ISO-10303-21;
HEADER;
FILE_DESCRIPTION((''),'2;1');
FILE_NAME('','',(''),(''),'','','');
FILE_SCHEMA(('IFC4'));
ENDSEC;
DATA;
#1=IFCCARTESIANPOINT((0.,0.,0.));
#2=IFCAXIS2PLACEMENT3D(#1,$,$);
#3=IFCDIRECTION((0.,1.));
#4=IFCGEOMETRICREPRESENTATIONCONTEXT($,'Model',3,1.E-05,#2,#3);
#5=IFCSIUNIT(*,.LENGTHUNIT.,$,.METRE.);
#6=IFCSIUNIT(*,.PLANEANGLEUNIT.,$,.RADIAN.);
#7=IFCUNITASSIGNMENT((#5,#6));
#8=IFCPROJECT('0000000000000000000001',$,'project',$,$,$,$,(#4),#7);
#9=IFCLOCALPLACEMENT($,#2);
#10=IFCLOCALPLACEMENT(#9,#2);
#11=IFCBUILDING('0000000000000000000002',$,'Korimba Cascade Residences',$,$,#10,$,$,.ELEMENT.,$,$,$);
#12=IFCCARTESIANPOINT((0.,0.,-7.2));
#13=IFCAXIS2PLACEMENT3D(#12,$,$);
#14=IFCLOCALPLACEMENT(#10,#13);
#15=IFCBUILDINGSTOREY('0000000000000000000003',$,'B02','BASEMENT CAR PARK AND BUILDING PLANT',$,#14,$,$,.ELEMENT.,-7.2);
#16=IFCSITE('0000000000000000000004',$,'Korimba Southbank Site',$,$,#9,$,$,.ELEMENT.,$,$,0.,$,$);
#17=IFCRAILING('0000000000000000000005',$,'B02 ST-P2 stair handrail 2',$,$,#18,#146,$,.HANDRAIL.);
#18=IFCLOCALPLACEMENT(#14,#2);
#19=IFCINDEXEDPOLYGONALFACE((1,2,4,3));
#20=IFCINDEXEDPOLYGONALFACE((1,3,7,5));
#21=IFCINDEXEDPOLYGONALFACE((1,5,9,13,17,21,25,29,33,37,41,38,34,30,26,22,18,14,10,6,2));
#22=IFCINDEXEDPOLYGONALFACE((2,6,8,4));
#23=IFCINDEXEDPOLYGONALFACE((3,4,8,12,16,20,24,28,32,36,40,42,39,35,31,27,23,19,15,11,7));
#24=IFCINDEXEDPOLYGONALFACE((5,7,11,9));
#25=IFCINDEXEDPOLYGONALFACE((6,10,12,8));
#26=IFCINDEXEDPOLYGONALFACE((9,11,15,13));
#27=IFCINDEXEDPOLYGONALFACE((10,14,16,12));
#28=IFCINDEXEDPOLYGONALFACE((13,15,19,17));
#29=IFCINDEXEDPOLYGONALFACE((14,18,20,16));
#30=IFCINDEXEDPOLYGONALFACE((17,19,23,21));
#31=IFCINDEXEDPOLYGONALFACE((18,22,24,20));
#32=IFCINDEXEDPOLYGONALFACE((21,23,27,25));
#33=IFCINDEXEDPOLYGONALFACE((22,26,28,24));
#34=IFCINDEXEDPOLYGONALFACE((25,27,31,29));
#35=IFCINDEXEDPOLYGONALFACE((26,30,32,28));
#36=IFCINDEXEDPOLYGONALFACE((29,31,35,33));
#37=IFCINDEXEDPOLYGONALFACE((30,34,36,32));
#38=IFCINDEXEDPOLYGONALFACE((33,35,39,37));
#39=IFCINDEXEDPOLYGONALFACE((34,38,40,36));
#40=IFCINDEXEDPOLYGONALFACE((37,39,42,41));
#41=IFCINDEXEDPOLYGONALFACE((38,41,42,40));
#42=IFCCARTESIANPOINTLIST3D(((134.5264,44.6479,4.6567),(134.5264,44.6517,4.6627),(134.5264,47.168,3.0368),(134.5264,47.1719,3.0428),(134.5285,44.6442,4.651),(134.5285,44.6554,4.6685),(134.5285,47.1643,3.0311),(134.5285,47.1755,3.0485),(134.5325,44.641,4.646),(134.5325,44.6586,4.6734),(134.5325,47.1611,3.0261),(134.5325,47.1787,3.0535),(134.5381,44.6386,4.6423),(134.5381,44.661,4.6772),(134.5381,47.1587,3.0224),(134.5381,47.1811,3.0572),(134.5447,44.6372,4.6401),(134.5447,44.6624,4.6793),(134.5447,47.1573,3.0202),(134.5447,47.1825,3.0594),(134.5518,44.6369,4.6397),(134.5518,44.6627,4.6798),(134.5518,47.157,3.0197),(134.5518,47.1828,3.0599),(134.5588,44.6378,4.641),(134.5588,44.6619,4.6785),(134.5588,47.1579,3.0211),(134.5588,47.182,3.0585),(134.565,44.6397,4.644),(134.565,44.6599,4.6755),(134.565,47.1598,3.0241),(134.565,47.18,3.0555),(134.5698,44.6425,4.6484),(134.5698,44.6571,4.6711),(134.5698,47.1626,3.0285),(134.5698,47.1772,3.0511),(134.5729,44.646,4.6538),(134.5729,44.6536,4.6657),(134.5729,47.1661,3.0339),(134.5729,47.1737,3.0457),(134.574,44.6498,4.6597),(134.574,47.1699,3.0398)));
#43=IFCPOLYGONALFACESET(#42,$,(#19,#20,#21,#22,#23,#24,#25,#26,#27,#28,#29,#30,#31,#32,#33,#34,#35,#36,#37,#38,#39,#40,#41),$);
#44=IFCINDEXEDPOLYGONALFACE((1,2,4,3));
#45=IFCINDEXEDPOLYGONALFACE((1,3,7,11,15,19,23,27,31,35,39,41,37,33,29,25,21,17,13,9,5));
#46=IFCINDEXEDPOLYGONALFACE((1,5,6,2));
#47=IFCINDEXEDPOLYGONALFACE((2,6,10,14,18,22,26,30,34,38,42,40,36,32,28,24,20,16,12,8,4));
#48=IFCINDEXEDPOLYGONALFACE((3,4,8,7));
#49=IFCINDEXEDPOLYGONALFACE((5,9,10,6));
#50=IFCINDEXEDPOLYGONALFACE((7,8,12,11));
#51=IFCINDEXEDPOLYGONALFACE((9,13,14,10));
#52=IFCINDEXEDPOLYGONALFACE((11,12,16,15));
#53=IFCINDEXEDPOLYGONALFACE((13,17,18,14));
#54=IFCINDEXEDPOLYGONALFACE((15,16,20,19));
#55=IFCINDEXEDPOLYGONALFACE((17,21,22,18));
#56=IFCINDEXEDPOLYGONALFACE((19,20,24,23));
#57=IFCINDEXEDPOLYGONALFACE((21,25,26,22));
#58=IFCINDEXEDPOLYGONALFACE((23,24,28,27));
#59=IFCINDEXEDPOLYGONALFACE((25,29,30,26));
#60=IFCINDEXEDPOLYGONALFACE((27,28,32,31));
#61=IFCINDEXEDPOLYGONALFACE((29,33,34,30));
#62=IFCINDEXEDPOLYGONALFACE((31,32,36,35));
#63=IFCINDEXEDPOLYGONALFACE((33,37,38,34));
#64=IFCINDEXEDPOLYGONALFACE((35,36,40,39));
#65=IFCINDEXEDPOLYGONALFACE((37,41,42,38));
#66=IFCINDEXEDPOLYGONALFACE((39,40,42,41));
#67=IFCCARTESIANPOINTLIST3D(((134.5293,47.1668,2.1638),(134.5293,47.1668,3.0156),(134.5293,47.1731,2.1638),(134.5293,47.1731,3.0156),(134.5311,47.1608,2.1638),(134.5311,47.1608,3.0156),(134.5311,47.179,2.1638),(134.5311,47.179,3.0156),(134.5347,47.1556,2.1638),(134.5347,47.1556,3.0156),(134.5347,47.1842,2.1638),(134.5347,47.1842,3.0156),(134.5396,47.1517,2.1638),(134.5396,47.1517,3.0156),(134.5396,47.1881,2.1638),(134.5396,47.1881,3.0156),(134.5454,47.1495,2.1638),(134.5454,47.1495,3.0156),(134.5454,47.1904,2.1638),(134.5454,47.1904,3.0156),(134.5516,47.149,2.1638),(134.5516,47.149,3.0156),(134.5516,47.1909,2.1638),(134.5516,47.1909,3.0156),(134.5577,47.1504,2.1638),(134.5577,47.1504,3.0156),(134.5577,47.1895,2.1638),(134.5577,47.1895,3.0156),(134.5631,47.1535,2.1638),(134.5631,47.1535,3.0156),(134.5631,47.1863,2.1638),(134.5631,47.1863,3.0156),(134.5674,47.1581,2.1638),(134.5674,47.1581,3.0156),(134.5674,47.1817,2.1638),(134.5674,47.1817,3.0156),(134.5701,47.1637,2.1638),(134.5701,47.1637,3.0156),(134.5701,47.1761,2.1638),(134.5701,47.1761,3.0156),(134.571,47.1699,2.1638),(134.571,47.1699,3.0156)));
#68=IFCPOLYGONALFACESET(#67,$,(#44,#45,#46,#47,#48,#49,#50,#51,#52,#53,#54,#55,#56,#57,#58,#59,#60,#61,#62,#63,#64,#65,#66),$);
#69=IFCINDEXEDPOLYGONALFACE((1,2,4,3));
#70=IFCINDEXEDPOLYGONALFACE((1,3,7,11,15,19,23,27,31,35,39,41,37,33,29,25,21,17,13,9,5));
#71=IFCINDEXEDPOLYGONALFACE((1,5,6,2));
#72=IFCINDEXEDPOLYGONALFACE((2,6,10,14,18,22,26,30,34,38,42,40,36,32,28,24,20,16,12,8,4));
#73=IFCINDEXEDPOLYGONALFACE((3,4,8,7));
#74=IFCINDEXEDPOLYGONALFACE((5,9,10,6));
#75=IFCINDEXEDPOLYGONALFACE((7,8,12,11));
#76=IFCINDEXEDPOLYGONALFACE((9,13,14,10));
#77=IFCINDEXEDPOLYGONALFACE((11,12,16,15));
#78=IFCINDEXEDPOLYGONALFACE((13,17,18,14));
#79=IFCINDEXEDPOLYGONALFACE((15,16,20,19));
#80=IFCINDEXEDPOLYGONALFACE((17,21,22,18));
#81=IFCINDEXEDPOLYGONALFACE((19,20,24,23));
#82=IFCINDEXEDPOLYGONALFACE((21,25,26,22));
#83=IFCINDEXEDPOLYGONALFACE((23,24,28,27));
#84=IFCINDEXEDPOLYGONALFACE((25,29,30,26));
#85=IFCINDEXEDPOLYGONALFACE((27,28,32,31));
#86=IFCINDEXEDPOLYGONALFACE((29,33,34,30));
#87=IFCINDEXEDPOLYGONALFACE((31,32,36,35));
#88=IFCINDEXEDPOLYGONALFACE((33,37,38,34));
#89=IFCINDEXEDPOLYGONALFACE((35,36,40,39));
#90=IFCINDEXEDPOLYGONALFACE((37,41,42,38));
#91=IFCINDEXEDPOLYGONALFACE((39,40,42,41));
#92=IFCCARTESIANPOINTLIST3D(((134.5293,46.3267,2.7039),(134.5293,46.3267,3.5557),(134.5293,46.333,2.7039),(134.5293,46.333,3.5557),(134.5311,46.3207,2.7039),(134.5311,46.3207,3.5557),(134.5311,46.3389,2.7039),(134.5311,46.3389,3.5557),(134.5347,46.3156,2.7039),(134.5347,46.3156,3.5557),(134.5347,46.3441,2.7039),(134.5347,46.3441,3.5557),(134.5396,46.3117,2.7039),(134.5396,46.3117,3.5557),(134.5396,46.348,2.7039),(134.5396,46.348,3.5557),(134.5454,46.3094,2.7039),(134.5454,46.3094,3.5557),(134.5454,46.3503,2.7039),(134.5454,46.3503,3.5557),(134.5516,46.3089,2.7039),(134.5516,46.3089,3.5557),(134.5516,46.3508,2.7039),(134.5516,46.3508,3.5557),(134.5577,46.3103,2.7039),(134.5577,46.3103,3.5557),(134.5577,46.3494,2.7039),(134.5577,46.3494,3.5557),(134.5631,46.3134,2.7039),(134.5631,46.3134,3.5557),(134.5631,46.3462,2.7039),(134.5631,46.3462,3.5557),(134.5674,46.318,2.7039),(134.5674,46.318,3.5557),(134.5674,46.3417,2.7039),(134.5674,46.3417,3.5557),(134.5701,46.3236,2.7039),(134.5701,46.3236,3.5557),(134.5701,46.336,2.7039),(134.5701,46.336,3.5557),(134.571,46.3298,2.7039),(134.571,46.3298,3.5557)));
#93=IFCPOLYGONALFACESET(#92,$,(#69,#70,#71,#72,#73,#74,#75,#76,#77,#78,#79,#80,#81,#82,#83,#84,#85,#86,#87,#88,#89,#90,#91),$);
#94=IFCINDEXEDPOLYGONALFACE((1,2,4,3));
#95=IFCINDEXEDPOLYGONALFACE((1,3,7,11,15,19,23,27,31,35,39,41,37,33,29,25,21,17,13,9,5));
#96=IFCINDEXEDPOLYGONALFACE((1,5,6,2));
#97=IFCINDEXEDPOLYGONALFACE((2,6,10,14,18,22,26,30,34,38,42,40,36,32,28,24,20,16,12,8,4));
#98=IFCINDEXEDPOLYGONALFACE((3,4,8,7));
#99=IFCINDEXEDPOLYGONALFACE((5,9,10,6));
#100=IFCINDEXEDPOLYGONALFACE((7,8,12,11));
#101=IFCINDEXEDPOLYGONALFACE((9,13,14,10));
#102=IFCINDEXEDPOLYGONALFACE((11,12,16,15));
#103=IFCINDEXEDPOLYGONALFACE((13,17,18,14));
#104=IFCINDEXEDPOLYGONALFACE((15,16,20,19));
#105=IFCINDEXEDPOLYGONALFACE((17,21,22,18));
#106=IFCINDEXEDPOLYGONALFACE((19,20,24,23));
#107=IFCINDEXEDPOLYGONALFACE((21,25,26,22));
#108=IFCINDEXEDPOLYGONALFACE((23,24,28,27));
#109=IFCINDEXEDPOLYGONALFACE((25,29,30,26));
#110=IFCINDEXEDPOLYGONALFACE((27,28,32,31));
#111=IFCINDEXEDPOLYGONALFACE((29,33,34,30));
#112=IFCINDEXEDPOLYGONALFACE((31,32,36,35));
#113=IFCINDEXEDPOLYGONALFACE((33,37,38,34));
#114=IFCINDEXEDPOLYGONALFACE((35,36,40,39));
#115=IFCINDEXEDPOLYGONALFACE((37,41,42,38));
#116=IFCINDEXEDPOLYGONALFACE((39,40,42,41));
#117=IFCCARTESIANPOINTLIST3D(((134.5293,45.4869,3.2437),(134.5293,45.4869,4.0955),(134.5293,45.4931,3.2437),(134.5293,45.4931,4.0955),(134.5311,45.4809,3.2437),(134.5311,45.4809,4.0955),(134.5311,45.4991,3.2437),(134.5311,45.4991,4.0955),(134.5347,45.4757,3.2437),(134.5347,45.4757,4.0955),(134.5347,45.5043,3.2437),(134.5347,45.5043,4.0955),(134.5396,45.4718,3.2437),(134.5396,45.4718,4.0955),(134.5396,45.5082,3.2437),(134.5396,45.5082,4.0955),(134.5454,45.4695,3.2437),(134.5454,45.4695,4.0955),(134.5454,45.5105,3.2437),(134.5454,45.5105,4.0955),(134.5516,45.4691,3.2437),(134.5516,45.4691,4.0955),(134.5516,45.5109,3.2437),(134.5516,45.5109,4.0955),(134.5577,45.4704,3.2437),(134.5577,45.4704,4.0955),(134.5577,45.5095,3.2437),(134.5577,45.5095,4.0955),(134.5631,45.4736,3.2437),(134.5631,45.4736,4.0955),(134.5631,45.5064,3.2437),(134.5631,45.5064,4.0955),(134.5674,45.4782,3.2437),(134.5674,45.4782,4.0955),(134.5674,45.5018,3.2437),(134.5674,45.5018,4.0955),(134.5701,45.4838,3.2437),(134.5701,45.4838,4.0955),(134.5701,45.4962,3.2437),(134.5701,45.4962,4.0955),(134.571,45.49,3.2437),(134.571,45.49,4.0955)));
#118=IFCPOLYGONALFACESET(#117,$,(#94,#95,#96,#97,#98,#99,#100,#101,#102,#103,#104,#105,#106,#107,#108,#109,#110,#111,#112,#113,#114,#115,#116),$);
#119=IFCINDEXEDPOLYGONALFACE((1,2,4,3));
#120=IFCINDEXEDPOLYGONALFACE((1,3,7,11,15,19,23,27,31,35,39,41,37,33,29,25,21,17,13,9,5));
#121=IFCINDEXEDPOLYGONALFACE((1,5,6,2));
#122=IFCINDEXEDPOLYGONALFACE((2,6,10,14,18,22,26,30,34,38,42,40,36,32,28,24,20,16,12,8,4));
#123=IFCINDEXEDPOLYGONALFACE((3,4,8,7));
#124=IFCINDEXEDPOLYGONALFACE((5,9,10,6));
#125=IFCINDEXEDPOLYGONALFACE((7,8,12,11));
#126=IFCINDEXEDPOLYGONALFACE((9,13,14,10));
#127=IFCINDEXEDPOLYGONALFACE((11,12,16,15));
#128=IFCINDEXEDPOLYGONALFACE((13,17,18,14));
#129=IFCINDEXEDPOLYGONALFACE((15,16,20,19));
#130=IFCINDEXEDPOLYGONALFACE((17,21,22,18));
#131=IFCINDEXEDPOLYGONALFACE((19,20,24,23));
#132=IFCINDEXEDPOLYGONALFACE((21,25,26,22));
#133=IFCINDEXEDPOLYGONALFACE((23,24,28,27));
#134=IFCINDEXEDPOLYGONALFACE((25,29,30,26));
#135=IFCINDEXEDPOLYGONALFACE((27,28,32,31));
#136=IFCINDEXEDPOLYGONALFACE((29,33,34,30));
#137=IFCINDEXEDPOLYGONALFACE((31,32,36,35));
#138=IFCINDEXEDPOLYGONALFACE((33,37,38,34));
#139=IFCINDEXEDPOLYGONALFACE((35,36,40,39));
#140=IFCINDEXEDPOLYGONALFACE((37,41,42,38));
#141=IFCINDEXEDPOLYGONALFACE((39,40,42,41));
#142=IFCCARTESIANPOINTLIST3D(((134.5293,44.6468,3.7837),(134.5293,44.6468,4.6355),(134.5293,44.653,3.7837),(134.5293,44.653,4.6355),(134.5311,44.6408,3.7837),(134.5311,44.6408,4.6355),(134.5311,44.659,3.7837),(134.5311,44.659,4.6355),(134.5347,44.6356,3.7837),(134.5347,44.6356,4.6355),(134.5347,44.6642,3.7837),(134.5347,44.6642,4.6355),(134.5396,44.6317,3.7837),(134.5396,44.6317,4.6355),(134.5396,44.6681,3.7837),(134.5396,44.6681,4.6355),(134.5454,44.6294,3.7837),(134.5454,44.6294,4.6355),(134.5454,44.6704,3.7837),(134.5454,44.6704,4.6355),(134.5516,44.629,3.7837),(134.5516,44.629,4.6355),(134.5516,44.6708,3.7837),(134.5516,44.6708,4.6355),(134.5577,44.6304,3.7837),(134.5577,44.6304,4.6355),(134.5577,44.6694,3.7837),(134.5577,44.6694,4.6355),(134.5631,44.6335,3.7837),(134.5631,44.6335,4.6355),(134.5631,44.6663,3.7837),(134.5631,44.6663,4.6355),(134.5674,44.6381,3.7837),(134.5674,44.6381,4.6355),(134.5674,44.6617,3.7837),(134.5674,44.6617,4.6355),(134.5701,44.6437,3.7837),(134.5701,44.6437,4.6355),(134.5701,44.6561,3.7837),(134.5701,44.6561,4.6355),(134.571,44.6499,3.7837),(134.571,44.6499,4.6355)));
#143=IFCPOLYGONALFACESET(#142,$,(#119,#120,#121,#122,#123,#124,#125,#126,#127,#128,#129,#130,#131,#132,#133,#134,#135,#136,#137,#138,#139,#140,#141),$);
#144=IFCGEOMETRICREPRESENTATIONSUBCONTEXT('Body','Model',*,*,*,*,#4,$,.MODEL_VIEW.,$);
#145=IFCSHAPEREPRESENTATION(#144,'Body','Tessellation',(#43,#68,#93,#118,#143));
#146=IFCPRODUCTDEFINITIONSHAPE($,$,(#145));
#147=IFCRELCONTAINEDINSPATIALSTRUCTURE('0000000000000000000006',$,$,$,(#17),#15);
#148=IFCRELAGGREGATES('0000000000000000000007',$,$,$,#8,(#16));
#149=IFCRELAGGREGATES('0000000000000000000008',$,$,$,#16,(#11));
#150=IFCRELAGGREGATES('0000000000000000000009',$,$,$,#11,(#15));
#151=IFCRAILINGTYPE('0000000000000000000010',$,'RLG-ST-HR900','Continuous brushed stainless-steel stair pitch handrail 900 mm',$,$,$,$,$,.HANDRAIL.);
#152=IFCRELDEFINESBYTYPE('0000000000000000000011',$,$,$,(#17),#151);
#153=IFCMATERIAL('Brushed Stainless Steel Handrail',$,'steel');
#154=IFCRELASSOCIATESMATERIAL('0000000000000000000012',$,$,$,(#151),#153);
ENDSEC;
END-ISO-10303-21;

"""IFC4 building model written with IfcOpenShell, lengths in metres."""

from ifc_helpers import new_model, si_unit, direction, frame, origin, origin_2d, place, context, subcontext, project, spatial, circle, extrude, material, type_object, element, save


model = new_model("IFC4")

# Units and contexts
model_context = context("Model", 3, precision=1e-05, world=origin(), true_north=direction((0.0, 1.0)))
body_context = subcontext(model_context, "Body", "Model", "MODEL_VIEW")
ifc_project = project(units=[si_unit("LENGTHUNIT", "METRE"), si_unit("PLANEANGLEUNIT", "RADIAN")], contexts=[model_context])

# Site, building, storey
site_placement = place(None, origin())
site = spatial("IfcSite", under=ifc_project, at=site_placement, Name="Korimba Southbank Site", CompositionType="ELEMENT", RefElevation=0.0)
building_placement = place(site_placement, origin())
building = spatial("IfcBuilding", under=site, at=building_placement, Name="Korimba Cascade Residences", CompositionType="ELEMENT")
storey_placement = place(building_placement, frame((0.0, 0.0, -7.2)))
storey = spatial("IfcBuildingStorey", under=building, at=storey_placement, Name="B02", Description="BASEMENT CAR PARK AND BUILDING PLANT", CompositionType="ELEMENT", Elevation=-7.2)

# Railing
ifc_material_1 = material(Name="Brushed Stainless Steel Handrail", Category="steel")
railing_type_1 = type_object("IfcRailingType", Name="RLG-ST-HR900", Description="Continuous brushed stainless-steel stair pitch handrail 900 mm", PredefinedType="HANDRAIL", material=ifc_material_1)
railing_1_placement = place(storey_placement, frame((134.55, 47.1699, 2.1638)))
element("IfcRailing", 1, at=railing_1_placement, inside=storey, type_object=railing_type_1, Name="B02 ST-P2 stair handrail 2", PredefinedType="HANDRAIL", context=body_context, shape_type="SweptSolid", body=[
    extrude(circle(Radius=0.0239, at=origin_2d()), frame((0.0, 0.0, 0.876), z_axis=(0.0, -0.8412, 0.540725), x_axis=(1.0, 0.0, 0.0)), (0.0, 0.0, 1.0), 2.9958),
    extrude(circle(Radius=0.021, at=origin_2d()), origin(), (0.0, 0.0, 1.0), 0.8518),
    extrude(circle(Radius=0.021, at=origin_2d()), frame((0.0, -0.8401, 0.54)), (0.0, 0.0, 1.0), 0.8518),
    extrude(circle(Radius=0.021, at=origin_2d()), frame((0.0, -1.6799, 1.0798)), (0.0, 0.0, 1.0), 0.8518),
    extrude(circle(Radius=0.021, at=origin_2d()), frame((0.0, -2.52, 1.6199)), (0.0, 0.0, 1.0), 0.8518),
])

save(model, "model.ifc")
